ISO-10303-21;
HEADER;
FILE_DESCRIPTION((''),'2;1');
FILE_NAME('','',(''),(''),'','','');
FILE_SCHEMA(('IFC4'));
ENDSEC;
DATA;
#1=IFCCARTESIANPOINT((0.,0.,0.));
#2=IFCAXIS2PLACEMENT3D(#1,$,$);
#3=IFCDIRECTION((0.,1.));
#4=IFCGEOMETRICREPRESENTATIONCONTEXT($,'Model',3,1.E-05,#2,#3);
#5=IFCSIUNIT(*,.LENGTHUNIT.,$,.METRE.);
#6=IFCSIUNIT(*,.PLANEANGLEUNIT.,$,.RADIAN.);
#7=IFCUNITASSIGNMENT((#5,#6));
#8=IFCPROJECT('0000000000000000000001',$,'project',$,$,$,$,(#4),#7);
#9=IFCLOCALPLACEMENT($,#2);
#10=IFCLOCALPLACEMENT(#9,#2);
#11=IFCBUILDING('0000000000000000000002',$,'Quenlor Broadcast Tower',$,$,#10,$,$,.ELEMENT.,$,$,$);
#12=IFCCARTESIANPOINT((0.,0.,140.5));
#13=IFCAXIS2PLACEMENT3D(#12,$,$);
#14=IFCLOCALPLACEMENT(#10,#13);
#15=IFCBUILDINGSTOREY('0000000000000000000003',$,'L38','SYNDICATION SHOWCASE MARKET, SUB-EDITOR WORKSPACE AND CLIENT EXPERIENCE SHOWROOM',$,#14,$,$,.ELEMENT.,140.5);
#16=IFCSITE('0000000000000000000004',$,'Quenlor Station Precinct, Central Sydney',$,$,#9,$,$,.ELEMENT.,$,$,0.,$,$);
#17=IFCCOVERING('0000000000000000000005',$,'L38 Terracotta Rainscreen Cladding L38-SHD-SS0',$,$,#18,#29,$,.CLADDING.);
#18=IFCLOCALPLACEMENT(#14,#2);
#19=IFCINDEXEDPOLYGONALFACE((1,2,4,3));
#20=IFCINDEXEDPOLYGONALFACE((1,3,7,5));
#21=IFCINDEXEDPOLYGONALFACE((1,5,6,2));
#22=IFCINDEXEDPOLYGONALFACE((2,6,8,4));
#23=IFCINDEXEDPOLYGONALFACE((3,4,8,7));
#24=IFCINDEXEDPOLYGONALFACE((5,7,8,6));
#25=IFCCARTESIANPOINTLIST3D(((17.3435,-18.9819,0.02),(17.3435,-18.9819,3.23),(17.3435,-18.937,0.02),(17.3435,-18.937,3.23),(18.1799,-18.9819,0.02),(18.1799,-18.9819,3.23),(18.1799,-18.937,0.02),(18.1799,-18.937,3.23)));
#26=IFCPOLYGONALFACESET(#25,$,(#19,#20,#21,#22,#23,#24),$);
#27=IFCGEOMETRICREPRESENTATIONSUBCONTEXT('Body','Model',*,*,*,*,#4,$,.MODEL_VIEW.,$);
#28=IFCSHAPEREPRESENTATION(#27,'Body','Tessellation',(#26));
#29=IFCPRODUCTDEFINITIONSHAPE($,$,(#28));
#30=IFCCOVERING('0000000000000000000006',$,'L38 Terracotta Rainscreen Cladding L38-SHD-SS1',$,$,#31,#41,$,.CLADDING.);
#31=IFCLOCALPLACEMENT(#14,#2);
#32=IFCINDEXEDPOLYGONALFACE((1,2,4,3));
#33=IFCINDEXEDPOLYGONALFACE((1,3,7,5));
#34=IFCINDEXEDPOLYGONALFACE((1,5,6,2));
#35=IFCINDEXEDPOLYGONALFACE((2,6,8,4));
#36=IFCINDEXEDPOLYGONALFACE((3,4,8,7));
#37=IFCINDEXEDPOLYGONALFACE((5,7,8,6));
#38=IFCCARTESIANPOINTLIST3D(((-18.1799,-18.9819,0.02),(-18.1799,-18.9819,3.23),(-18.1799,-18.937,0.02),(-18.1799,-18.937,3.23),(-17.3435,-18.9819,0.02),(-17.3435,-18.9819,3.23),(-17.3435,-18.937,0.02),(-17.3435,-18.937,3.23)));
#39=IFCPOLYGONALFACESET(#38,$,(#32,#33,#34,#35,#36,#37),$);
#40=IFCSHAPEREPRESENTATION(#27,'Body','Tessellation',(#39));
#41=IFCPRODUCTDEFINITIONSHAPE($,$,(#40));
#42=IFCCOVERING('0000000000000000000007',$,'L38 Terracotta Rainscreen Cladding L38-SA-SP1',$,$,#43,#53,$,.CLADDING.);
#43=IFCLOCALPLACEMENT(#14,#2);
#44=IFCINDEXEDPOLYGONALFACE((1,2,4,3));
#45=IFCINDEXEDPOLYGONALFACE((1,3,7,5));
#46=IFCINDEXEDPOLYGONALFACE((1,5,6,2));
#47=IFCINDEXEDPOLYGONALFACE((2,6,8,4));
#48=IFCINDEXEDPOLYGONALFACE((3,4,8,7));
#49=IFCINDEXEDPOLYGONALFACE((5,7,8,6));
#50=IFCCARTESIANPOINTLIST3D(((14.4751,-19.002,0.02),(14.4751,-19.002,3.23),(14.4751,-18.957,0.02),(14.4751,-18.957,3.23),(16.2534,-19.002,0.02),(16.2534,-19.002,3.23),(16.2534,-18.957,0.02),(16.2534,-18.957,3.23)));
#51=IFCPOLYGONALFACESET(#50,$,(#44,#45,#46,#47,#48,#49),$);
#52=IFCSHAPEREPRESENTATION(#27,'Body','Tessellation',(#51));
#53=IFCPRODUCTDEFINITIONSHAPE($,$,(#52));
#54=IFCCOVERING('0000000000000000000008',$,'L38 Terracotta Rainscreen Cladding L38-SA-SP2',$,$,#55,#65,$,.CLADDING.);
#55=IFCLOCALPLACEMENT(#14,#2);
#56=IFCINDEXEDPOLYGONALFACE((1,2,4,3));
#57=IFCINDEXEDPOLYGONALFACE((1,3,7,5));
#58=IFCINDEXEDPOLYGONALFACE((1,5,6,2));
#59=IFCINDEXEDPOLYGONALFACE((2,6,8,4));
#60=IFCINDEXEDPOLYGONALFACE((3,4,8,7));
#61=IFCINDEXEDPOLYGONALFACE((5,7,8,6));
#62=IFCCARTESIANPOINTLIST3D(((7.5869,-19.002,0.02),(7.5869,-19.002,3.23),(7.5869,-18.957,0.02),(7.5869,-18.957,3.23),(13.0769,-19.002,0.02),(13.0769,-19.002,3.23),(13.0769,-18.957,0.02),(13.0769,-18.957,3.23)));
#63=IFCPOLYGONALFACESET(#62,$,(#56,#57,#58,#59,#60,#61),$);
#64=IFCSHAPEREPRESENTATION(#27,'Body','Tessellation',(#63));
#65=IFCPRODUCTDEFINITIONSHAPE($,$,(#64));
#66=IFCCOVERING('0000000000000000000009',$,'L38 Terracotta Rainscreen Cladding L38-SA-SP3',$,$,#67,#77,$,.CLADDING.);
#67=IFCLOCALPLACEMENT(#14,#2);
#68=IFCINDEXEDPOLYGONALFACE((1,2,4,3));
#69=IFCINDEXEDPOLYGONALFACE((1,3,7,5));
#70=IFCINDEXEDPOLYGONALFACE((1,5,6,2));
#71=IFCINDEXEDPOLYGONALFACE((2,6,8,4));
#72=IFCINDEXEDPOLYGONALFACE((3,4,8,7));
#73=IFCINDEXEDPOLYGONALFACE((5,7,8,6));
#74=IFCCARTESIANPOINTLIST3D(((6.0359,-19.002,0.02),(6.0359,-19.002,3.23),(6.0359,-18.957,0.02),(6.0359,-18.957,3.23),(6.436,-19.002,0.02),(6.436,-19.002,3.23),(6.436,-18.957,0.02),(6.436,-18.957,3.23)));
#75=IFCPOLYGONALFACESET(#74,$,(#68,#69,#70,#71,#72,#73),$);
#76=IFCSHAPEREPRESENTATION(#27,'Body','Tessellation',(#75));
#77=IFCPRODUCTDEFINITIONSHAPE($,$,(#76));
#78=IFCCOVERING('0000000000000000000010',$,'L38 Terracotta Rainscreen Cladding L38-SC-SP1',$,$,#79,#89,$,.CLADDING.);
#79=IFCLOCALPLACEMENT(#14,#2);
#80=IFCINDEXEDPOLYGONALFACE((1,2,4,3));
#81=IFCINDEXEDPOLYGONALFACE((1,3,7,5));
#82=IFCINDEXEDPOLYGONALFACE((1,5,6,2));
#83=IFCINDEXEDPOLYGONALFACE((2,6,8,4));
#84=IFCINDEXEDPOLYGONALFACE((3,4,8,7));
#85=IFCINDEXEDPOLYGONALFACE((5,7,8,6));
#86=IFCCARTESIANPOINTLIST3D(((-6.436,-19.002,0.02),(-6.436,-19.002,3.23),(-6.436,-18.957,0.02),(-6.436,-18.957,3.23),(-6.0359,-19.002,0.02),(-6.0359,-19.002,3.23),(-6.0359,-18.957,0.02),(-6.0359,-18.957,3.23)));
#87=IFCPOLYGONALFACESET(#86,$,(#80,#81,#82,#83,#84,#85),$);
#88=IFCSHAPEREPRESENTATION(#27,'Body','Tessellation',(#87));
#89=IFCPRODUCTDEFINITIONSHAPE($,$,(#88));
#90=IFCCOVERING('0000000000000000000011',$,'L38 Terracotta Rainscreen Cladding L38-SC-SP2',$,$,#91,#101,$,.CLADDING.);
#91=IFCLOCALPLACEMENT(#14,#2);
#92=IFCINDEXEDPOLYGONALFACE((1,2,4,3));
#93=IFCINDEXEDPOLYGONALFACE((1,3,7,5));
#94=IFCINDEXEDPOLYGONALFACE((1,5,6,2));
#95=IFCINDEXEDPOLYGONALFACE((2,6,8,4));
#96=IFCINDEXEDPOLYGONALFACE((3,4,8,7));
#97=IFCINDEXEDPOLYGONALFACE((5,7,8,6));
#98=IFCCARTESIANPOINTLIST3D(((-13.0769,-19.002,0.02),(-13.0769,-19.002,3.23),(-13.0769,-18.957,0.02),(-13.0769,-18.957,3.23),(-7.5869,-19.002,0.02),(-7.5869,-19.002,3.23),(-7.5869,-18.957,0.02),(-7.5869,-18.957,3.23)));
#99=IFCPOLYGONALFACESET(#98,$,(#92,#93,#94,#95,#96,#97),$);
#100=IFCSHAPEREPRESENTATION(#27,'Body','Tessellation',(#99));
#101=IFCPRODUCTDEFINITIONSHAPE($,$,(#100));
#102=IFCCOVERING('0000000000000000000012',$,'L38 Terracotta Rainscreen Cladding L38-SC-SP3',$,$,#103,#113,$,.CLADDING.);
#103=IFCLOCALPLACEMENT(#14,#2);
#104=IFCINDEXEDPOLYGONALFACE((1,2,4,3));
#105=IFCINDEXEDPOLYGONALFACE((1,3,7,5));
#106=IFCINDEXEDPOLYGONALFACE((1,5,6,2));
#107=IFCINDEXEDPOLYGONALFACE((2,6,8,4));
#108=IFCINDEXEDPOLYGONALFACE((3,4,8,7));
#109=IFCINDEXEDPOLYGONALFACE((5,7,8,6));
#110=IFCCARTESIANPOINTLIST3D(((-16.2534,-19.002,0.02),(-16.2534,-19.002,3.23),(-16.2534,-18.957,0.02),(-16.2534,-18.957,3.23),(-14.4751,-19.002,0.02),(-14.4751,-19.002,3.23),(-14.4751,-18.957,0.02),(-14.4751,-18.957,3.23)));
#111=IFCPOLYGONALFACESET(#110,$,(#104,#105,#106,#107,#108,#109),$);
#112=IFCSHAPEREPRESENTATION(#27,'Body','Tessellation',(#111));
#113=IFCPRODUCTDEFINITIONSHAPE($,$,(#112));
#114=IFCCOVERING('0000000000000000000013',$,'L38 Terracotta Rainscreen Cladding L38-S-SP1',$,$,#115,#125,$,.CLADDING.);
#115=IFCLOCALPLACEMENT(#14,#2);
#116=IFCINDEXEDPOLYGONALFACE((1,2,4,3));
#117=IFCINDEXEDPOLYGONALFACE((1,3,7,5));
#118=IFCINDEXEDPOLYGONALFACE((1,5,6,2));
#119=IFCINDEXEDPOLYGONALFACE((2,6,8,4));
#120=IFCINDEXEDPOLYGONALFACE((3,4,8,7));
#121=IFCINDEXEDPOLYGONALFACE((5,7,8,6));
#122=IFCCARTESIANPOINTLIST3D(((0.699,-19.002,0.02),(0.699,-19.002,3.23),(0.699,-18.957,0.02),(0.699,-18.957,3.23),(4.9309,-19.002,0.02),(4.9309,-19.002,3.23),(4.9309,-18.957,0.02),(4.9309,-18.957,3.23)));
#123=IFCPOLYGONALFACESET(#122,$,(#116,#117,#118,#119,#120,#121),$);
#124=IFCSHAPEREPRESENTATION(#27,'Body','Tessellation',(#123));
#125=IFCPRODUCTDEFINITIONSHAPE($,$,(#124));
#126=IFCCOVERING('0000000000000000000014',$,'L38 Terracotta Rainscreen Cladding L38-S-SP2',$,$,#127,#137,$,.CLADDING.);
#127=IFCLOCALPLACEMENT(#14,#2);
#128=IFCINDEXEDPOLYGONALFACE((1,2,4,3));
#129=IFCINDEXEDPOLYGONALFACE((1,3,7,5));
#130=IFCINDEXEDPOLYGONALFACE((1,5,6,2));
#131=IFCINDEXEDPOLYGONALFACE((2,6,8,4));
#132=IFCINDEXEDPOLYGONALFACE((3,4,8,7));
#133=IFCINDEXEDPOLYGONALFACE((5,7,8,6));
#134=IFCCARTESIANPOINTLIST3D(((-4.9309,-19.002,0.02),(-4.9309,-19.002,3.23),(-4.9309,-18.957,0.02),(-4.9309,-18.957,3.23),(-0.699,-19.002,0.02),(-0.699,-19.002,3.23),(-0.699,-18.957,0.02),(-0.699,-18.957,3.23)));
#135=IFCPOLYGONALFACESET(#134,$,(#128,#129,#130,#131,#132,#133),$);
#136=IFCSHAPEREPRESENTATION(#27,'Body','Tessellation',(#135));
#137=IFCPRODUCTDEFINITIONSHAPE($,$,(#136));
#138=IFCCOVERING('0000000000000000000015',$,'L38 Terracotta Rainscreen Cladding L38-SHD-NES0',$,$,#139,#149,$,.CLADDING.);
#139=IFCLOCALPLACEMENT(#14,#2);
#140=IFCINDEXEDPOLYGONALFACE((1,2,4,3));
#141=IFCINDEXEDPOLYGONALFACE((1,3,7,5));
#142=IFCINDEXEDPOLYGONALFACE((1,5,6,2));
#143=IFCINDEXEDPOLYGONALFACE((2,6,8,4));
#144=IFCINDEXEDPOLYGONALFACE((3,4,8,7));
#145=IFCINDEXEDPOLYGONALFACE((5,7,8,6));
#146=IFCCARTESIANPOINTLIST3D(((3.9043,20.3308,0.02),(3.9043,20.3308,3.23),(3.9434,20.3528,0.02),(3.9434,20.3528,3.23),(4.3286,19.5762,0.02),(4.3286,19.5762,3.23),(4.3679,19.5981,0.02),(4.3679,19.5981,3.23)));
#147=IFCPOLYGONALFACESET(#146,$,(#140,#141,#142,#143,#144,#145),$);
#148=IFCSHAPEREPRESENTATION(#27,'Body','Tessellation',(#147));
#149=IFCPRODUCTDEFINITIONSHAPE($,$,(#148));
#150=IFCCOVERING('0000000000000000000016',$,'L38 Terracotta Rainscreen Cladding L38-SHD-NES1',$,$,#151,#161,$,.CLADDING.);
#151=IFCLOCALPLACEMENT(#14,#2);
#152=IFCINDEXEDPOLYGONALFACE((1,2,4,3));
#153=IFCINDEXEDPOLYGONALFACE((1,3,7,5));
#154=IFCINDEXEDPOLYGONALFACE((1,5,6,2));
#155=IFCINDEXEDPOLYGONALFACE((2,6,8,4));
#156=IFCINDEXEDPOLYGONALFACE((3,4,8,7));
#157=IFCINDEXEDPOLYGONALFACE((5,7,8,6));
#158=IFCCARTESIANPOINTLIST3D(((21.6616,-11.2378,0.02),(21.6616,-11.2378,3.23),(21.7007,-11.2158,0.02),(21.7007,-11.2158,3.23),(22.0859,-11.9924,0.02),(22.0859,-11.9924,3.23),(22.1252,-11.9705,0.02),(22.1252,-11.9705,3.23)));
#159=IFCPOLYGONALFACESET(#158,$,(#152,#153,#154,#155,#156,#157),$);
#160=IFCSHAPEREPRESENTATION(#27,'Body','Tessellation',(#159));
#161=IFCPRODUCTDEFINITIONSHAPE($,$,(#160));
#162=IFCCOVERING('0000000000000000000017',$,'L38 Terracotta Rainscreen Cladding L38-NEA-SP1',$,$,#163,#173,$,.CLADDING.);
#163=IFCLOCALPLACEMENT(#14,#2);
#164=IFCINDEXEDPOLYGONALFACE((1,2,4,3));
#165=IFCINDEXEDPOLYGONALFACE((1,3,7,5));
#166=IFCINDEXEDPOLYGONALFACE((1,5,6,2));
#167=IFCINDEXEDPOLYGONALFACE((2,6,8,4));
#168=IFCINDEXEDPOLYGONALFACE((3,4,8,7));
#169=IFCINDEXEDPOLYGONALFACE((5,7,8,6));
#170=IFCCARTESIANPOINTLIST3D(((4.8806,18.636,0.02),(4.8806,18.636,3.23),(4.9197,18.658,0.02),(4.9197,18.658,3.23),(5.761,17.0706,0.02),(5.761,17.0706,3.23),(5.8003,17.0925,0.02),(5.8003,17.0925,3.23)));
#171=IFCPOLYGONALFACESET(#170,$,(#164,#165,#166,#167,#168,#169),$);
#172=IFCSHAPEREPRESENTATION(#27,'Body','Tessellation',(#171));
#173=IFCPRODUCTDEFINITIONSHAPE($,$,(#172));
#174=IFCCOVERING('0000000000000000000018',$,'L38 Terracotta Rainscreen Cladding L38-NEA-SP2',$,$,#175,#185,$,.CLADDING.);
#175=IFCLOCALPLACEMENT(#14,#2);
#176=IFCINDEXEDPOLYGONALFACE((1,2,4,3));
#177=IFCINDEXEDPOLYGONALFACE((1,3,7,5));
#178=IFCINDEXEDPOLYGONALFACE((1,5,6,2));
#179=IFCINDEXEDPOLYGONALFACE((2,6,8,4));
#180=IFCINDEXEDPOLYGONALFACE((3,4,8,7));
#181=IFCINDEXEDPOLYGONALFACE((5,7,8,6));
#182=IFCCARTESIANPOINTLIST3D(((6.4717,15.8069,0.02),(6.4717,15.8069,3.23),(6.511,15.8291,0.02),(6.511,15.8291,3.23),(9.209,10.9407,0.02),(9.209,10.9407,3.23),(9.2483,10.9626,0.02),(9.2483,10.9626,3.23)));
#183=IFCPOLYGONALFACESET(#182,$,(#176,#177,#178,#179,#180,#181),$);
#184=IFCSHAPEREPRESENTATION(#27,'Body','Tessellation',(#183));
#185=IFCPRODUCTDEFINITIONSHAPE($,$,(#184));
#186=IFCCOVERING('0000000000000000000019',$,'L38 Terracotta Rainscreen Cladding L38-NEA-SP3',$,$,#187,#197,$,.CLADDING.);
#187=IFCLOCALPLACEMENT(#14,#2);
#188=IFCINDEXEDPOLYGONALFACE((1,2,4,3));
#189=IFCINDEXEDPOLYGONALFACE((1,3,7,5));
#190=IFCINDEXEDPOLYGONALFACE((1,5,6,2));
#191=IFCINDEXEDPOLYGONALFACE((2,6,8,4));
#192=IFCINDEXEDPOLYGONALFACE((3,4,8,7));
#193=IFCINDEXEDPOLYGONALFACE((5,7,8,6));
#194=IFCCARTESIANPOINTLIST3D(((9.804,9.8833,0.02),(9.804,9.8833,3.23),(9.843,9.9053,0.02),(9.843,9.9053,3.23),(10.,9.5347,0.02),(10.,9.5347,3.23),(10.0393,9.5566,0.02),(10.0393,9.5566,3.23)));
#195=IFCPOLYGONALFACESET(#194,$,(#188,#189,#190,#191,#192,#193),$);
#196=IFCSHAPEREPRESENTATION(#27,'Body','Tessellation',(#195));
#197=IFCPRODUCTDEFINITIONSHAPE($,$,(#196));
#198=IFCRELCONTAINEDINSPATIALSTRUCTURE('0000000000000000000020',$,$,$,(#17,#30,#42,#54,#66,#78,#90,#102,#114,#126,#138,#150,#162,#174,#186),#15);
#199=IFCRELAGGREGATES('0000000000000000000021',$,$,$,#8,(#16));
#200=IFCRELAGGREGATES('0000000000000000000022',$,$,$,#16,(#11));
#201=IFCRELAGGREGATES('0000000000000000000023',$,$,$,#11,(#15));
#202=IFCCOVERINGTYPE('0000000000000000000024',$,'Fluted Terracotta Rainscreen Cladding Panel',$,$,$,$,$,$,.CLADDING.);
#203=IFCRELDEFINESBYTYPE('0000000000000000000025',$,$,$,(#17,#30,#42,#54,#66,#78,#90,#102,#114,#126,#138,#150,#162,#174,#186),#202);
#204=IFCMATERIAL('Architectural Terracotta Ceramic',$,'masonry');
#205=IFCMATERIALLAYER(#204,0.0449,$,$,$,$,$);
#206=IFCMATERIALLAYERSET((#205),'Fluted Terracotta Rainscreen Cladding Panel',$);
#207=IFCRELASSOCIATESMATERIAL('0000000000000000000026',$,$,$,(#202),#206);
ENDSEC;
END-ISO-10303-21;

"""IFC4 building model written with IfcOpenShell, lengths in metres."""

from ifc_helpers import new_model, si_unit, direction, frame, origin, place, context, subcontext, project, spatial, polyline, outline, extrude, material, layer, layer_set, type_object, element, save


model = new_model("IFC4")

# Units and contexts
model_context = context("Model", 3, precision=1e-05, world=origin(), true_north=direction((0.0, 1.0)))
body_context = subcontext(model_context, "Body", "Model", "MODEL_VIEW")
ifc_project = project(units=[si_unit("LENGTHUNIT", "METRE"), si_unit("PLANEANGLEUNIT", "RADIAN")], contexts=[model_context])

# Site, building, storey
site_placement = place(None, origin())
site = spatial("IfcSite", under=ifc_project, at=site_placement, Name="Quenlor Station Precinct, Central Sydney", CompositionType="ELEMENT", RefElevation=0.0)
building_placement = place(site_placement, origin())
building = spatial("IfcBuilding", under=site, at=building_placement, Name="Quenlor Broadcast Tower", CompositionType="ELEMENT")
storey_placement = place(building_placement, frame((0.0, 0.0, 140.5)))
storey = spatial("IfcBuildingStorey", under=building, at=storey_placement, Name="L38", Description="SYNDICATION SHOWCASE MARKET, SUB-EDITOR WORKSPACE AND CLIENT EXPERIENCE SHOWROOM", CompositionType="ELEMENT", Elevation=140.5)

# Coverings
ifc_material_1 = material(Name="Architectural Terracotta Ceramic", Category="masonry")
ifc_layer_1 = layer(ifc_material_1, 0.0449)
ifc_layer_set_1 = layer_set([ifc_layer_1], Name="Fluted Terracotta Rainscreen Cladding Panel")
covering_type = type_object("IfcCoveringType", Name="Fluted Terracotta Rainscreen Cladding Panel", PredefinedType="CLADDING", material=ifc_layer_set_1)
covering_1_placement = place(storey_placement, frame((0.0, 0.0, 0.02)))
element("IfcCovering", 1, at=covering_1_placement, inside=storey, type_object=covering_type, Name="L38 Terracotta Rainscreen Cladding L38-SHD-SS0", PredefinedType="CLADDING", context=body_context, shape_type="SweptSolid", body=[
    extrude(outline(polyline([(18.1799, -18.937), (17.3435, -18.937), (17.3435, -18.9819), (18.1799, -18.9819), (18.1799, -18.937)])), origin(), (0.0, 0.0, 1.0), 3.21),
])
covering_2_placement = place(storey_placement, frame((0.0, 0.0, 0.02)))
element("IfcCovering", 2, at=covering_2_placement, inside=storey, type_object=covering_type, Name="L38 Terracotta Rainscreen Cladding L38-SHD-SS1", PredefinedType="CLADDING", context=body_context, shape_type="SweptSolid", body=[
    extrude(outline(polyline([(-17.3435, -18.937), (-18.1799, -18.937), (-18.1799, -18.9819), (-17.3435, -18.9819), (-17.3435, -18.937)])), origin(), (0.0, 0.0, 1.0), 3.21),
])
covering_3_placement = place(storey_placement, frame((0.0, 0.0, 0.02)))
element("IfcCovering", 3, at=covering_3_placement, inside=storey, type_object=covering_type, Name="L38 Terracotta Rainscreen Cladding L38-SA-SP1", PredefinedType="CLADDING", context=body_context, shape_type="SweptSolid", body=[
    extrude(outline(polyline([(16.2534, -18.957), (14.4751, -18.957), (14.4751, -19.002), (16.2534, -19.002), (16.2534, -18.957)])), origin(), (0.0, 0.0, 1.0), 3.21),
])
covering_4_placement = place(storey_placement, frame((0.0, 0.0, 0.02)))
element("IfcCovering", 4, at=covering_4_placement, inside=storey, type_object=covering_type, Name="L38 Terracotta Rainscreen Cladding L38-SA-SP2", PredefinedType="CLADDING", context=body_context, shape_type="SweptSolid", body=[
    extrude(outline(polyline([(13.0769, -18.957), (7.5869, -18.957), (7.5869, -19.002), (13.0769, -19.002), (13.0769, -18.957)])), origin(), (0.0, 0.0, 1.0), 3.21),
])
covering_5_placement = place(storey_placement, frame((0.0, 0.0, 0.02)))
element("IfcCovering", 5, at=covering_5_placement, inside=storey, type_object=covering_type, Name="L38 Terracotta Rainscreen Cladding L38-SA-SP3", PredefinedType="CLADDING", context=body_context, shape_type="SweptSolid", body=[
    extrude(outline(polyline([(6.436, -18.957), (6.0359, -18.957), (6.0359, -19.002), (6.436, -19.002), (6.436, -18.957)])), origin(), (0.0, 0.0, 1.0), 3.21),
])
covering_6_placement = place(storey_placement, frame((0.0, 0.0, 0.02)))
element("IfcCovering", 6, at=covering_6_placement, inside=storey, type_object=covering_type, Name="L38 Terracotta Rainscreen Cladding L38-SC-SP1", PredefinedType="CLADDING", context=body_context, shape_type="SweptSolid", body=[
    extrude(outline(polyline([(-6.0359, -18.957), (-6.436, -18.957), (-6.436, -19.002), (-6.0359, -19.002), (-6.0359, -18.957)])), origin(), (0.0, 0.0, 1.0), 3.21),
])
covering_7_placement = place(storey_placement, frame((0.0, 0.0, 0.02)))
element("IfcCovering", 7, at=covering_7_placement, inside=storey, type_object=covering_type, Name="L38 Terracotta Rainscreen Cladding L38-SC-SP2", PredefinedType="CLADDING", context=body_context, shape_type="SweptSolid", body=[
    extrude(outline(polyline([(-7.5869, -18.957), (-13.0769, -18.957), (-13.0769, -19.002), (-7.5869, -19.002), (-7.5869, -18.957)])), origin(), (0.0, 0.0, 1.0), 3.21),
])
covering_8_placement = place(storey_placement, frame((0.0, 0.0, 0.02)))
element("IfcCovering", 8, at=covering_8_placement, inside=storey, type_object=covering_type, Name="L38 Terracotta Rainscreen Cladding L38-SC-SP3", PredefinedType="CLADDING", context=body_context, shape_type="SweptSolid", body=[
    extrude(outline(polyline([(-14.4751, -18.957), (-16.2534, -18.957), (-16.2534, -19.002), (-14.4751, -19.002), (-14.4751, -18.957)])), origin(), (0.0, 0.0, 1.0), 3.21),
])
covering_9_placement = place(storey_placement, frame((0.0, 0.0, 0.02)))
element("IfcCovering", 9, at=covering_9_placement, inside=storey, type_object=covering_type, Name="L38 Terracotta Rainscreen Cladding L38-S-SP1", PredefinedType="CLADDING", context=body_context, shape_type="SweptSolid", body=[
    extrude(outline(polyline([(4.9309, -18.957), (0.699, -18.957), (0.699, -19.002), (4.9309, -19.002), (4.9309, -18.957)])), origin(), (0.0, 0.0, 1.0), 3.21),
])
covering_10_placement = place(storey_placement, frame((0.0, 0.0, 0.02)))
element("IfcCovering", 10, at=covering_10_placement, inside=storey, type_object=covering_type, Name="L38 Terracotta Rainscreen Cladding L38-S-SP2", PredefinedType="CLADDING", context=body_context, shape_type="SweptSolid", body=[
    extrude(outline(polyline([(-0.699, -18.957), (-4.9309, -18.957), (-4.9309, -19.002), (-0.699, -19.002), (-0.699, -18.957)])), origin(), (0.0, 0.0, 1.0), 3.21),
])
covering_11_placement = place(storey_placement, frame((0.0, 0.0, 0.02)))
element("IfcCovering", 11, at=covering_11_placement, inside=storey, type_object=covering_type, Name="L38 Terracotta Rainscreen Cladding L38-SHD-NES0", PredefinedType="CLADDING", context=body_context, shape_type="SweptSolid", body=[
    extrude(outline(polyline([(3.9043, 20.3308), (4.3286, 19.5762), (4.3679, 19.5981), (3.9434, 20.3528), (3.9043, 20.3308)])), origin(), (0.0, 0.0, 1.0), 3.21),
])
covering_12_placement = place(storey_placement, frame((0.0, 0.0, 0.02)))
element("IfcCovering", 12, at=covering_12_placement, inside=storey, type_object=covering_type, Name="L38 Terracotta Rainscreen Cladding L38-SHD-NES1", PredefinedType="CLADDING", context=body_context, shape_type="SweptSolid", body=[
    extrude(outline(polyline([(21.6616, -11.2378), (22.0859, -11.9924), (22.1252, -11.9705), (21.7007, -11.2158), (21.6616, -11.2378)])), origin(), (0.0, 0.0, 1.0), 3.21),
])
covering_13_placement = place(storey_placement, frame((0.0, 0.0, 0.02)))
element("IfcCovering", 13, at=covering_13_placement, inside=storey, type_object=covering_type, Name="L38 Terracotta Rainscreen Cladding L38-NEA-SP1", PredefinedType="CLADDING", context=body_context, shape_type="SweptSolid", body=[
    extrude(outline(polyline([(4.8806, 18.636), (5.761, 17.0706), (5.8003, 17.0925), (4.9197, 18.658), (4.8806, 18.636)])), origin(), (0.0, 0.0, 1.0), 3.21),
])
covering_14_placement = place(storey_placement, frame((0.0, 0.0, 0.02)))
element("IfcCovering", 14, at=covering_14_placement, inside=storey, type_object=covering_type, Name="L38 Terracotta Rainscreen Cladding L38-NEA-SP2", PredefinedType="CLADDING", context=body_context, shape_type="SweptSolid", body=[
    extrude(outline(polyline([(6.4717, 15.8069), (9.209, 10.9407), (9.2483, 10.9626), (6.511, 15.8291), (6.4717, 15.8069)])), origin(), (0.0, 0.0, 1.0), 3.21),
])
covering_15_placement = place(storey_placement, frame((0.0, 0.0, 0.02)))
element("IfcCovering", 15, at=covering_15_placement, inside=storey, type_object=covering_type, Name="L38 Terracotta Rainscreen Cladding L38-NEA-SP3", PredefinedType="CLADDING", context=body_context, shape_type="SweptSolid", body=[
    extrude(outline(polyline([(9.804, 9.8833), (10.0, 9.5347), (10.0393, 9.5566), (9.843, 9.9053), (9.804, 9.8833)])), origin(), (0.0, 0.0, 1.0), 3.21),
])

save(model, "model.ifc")
